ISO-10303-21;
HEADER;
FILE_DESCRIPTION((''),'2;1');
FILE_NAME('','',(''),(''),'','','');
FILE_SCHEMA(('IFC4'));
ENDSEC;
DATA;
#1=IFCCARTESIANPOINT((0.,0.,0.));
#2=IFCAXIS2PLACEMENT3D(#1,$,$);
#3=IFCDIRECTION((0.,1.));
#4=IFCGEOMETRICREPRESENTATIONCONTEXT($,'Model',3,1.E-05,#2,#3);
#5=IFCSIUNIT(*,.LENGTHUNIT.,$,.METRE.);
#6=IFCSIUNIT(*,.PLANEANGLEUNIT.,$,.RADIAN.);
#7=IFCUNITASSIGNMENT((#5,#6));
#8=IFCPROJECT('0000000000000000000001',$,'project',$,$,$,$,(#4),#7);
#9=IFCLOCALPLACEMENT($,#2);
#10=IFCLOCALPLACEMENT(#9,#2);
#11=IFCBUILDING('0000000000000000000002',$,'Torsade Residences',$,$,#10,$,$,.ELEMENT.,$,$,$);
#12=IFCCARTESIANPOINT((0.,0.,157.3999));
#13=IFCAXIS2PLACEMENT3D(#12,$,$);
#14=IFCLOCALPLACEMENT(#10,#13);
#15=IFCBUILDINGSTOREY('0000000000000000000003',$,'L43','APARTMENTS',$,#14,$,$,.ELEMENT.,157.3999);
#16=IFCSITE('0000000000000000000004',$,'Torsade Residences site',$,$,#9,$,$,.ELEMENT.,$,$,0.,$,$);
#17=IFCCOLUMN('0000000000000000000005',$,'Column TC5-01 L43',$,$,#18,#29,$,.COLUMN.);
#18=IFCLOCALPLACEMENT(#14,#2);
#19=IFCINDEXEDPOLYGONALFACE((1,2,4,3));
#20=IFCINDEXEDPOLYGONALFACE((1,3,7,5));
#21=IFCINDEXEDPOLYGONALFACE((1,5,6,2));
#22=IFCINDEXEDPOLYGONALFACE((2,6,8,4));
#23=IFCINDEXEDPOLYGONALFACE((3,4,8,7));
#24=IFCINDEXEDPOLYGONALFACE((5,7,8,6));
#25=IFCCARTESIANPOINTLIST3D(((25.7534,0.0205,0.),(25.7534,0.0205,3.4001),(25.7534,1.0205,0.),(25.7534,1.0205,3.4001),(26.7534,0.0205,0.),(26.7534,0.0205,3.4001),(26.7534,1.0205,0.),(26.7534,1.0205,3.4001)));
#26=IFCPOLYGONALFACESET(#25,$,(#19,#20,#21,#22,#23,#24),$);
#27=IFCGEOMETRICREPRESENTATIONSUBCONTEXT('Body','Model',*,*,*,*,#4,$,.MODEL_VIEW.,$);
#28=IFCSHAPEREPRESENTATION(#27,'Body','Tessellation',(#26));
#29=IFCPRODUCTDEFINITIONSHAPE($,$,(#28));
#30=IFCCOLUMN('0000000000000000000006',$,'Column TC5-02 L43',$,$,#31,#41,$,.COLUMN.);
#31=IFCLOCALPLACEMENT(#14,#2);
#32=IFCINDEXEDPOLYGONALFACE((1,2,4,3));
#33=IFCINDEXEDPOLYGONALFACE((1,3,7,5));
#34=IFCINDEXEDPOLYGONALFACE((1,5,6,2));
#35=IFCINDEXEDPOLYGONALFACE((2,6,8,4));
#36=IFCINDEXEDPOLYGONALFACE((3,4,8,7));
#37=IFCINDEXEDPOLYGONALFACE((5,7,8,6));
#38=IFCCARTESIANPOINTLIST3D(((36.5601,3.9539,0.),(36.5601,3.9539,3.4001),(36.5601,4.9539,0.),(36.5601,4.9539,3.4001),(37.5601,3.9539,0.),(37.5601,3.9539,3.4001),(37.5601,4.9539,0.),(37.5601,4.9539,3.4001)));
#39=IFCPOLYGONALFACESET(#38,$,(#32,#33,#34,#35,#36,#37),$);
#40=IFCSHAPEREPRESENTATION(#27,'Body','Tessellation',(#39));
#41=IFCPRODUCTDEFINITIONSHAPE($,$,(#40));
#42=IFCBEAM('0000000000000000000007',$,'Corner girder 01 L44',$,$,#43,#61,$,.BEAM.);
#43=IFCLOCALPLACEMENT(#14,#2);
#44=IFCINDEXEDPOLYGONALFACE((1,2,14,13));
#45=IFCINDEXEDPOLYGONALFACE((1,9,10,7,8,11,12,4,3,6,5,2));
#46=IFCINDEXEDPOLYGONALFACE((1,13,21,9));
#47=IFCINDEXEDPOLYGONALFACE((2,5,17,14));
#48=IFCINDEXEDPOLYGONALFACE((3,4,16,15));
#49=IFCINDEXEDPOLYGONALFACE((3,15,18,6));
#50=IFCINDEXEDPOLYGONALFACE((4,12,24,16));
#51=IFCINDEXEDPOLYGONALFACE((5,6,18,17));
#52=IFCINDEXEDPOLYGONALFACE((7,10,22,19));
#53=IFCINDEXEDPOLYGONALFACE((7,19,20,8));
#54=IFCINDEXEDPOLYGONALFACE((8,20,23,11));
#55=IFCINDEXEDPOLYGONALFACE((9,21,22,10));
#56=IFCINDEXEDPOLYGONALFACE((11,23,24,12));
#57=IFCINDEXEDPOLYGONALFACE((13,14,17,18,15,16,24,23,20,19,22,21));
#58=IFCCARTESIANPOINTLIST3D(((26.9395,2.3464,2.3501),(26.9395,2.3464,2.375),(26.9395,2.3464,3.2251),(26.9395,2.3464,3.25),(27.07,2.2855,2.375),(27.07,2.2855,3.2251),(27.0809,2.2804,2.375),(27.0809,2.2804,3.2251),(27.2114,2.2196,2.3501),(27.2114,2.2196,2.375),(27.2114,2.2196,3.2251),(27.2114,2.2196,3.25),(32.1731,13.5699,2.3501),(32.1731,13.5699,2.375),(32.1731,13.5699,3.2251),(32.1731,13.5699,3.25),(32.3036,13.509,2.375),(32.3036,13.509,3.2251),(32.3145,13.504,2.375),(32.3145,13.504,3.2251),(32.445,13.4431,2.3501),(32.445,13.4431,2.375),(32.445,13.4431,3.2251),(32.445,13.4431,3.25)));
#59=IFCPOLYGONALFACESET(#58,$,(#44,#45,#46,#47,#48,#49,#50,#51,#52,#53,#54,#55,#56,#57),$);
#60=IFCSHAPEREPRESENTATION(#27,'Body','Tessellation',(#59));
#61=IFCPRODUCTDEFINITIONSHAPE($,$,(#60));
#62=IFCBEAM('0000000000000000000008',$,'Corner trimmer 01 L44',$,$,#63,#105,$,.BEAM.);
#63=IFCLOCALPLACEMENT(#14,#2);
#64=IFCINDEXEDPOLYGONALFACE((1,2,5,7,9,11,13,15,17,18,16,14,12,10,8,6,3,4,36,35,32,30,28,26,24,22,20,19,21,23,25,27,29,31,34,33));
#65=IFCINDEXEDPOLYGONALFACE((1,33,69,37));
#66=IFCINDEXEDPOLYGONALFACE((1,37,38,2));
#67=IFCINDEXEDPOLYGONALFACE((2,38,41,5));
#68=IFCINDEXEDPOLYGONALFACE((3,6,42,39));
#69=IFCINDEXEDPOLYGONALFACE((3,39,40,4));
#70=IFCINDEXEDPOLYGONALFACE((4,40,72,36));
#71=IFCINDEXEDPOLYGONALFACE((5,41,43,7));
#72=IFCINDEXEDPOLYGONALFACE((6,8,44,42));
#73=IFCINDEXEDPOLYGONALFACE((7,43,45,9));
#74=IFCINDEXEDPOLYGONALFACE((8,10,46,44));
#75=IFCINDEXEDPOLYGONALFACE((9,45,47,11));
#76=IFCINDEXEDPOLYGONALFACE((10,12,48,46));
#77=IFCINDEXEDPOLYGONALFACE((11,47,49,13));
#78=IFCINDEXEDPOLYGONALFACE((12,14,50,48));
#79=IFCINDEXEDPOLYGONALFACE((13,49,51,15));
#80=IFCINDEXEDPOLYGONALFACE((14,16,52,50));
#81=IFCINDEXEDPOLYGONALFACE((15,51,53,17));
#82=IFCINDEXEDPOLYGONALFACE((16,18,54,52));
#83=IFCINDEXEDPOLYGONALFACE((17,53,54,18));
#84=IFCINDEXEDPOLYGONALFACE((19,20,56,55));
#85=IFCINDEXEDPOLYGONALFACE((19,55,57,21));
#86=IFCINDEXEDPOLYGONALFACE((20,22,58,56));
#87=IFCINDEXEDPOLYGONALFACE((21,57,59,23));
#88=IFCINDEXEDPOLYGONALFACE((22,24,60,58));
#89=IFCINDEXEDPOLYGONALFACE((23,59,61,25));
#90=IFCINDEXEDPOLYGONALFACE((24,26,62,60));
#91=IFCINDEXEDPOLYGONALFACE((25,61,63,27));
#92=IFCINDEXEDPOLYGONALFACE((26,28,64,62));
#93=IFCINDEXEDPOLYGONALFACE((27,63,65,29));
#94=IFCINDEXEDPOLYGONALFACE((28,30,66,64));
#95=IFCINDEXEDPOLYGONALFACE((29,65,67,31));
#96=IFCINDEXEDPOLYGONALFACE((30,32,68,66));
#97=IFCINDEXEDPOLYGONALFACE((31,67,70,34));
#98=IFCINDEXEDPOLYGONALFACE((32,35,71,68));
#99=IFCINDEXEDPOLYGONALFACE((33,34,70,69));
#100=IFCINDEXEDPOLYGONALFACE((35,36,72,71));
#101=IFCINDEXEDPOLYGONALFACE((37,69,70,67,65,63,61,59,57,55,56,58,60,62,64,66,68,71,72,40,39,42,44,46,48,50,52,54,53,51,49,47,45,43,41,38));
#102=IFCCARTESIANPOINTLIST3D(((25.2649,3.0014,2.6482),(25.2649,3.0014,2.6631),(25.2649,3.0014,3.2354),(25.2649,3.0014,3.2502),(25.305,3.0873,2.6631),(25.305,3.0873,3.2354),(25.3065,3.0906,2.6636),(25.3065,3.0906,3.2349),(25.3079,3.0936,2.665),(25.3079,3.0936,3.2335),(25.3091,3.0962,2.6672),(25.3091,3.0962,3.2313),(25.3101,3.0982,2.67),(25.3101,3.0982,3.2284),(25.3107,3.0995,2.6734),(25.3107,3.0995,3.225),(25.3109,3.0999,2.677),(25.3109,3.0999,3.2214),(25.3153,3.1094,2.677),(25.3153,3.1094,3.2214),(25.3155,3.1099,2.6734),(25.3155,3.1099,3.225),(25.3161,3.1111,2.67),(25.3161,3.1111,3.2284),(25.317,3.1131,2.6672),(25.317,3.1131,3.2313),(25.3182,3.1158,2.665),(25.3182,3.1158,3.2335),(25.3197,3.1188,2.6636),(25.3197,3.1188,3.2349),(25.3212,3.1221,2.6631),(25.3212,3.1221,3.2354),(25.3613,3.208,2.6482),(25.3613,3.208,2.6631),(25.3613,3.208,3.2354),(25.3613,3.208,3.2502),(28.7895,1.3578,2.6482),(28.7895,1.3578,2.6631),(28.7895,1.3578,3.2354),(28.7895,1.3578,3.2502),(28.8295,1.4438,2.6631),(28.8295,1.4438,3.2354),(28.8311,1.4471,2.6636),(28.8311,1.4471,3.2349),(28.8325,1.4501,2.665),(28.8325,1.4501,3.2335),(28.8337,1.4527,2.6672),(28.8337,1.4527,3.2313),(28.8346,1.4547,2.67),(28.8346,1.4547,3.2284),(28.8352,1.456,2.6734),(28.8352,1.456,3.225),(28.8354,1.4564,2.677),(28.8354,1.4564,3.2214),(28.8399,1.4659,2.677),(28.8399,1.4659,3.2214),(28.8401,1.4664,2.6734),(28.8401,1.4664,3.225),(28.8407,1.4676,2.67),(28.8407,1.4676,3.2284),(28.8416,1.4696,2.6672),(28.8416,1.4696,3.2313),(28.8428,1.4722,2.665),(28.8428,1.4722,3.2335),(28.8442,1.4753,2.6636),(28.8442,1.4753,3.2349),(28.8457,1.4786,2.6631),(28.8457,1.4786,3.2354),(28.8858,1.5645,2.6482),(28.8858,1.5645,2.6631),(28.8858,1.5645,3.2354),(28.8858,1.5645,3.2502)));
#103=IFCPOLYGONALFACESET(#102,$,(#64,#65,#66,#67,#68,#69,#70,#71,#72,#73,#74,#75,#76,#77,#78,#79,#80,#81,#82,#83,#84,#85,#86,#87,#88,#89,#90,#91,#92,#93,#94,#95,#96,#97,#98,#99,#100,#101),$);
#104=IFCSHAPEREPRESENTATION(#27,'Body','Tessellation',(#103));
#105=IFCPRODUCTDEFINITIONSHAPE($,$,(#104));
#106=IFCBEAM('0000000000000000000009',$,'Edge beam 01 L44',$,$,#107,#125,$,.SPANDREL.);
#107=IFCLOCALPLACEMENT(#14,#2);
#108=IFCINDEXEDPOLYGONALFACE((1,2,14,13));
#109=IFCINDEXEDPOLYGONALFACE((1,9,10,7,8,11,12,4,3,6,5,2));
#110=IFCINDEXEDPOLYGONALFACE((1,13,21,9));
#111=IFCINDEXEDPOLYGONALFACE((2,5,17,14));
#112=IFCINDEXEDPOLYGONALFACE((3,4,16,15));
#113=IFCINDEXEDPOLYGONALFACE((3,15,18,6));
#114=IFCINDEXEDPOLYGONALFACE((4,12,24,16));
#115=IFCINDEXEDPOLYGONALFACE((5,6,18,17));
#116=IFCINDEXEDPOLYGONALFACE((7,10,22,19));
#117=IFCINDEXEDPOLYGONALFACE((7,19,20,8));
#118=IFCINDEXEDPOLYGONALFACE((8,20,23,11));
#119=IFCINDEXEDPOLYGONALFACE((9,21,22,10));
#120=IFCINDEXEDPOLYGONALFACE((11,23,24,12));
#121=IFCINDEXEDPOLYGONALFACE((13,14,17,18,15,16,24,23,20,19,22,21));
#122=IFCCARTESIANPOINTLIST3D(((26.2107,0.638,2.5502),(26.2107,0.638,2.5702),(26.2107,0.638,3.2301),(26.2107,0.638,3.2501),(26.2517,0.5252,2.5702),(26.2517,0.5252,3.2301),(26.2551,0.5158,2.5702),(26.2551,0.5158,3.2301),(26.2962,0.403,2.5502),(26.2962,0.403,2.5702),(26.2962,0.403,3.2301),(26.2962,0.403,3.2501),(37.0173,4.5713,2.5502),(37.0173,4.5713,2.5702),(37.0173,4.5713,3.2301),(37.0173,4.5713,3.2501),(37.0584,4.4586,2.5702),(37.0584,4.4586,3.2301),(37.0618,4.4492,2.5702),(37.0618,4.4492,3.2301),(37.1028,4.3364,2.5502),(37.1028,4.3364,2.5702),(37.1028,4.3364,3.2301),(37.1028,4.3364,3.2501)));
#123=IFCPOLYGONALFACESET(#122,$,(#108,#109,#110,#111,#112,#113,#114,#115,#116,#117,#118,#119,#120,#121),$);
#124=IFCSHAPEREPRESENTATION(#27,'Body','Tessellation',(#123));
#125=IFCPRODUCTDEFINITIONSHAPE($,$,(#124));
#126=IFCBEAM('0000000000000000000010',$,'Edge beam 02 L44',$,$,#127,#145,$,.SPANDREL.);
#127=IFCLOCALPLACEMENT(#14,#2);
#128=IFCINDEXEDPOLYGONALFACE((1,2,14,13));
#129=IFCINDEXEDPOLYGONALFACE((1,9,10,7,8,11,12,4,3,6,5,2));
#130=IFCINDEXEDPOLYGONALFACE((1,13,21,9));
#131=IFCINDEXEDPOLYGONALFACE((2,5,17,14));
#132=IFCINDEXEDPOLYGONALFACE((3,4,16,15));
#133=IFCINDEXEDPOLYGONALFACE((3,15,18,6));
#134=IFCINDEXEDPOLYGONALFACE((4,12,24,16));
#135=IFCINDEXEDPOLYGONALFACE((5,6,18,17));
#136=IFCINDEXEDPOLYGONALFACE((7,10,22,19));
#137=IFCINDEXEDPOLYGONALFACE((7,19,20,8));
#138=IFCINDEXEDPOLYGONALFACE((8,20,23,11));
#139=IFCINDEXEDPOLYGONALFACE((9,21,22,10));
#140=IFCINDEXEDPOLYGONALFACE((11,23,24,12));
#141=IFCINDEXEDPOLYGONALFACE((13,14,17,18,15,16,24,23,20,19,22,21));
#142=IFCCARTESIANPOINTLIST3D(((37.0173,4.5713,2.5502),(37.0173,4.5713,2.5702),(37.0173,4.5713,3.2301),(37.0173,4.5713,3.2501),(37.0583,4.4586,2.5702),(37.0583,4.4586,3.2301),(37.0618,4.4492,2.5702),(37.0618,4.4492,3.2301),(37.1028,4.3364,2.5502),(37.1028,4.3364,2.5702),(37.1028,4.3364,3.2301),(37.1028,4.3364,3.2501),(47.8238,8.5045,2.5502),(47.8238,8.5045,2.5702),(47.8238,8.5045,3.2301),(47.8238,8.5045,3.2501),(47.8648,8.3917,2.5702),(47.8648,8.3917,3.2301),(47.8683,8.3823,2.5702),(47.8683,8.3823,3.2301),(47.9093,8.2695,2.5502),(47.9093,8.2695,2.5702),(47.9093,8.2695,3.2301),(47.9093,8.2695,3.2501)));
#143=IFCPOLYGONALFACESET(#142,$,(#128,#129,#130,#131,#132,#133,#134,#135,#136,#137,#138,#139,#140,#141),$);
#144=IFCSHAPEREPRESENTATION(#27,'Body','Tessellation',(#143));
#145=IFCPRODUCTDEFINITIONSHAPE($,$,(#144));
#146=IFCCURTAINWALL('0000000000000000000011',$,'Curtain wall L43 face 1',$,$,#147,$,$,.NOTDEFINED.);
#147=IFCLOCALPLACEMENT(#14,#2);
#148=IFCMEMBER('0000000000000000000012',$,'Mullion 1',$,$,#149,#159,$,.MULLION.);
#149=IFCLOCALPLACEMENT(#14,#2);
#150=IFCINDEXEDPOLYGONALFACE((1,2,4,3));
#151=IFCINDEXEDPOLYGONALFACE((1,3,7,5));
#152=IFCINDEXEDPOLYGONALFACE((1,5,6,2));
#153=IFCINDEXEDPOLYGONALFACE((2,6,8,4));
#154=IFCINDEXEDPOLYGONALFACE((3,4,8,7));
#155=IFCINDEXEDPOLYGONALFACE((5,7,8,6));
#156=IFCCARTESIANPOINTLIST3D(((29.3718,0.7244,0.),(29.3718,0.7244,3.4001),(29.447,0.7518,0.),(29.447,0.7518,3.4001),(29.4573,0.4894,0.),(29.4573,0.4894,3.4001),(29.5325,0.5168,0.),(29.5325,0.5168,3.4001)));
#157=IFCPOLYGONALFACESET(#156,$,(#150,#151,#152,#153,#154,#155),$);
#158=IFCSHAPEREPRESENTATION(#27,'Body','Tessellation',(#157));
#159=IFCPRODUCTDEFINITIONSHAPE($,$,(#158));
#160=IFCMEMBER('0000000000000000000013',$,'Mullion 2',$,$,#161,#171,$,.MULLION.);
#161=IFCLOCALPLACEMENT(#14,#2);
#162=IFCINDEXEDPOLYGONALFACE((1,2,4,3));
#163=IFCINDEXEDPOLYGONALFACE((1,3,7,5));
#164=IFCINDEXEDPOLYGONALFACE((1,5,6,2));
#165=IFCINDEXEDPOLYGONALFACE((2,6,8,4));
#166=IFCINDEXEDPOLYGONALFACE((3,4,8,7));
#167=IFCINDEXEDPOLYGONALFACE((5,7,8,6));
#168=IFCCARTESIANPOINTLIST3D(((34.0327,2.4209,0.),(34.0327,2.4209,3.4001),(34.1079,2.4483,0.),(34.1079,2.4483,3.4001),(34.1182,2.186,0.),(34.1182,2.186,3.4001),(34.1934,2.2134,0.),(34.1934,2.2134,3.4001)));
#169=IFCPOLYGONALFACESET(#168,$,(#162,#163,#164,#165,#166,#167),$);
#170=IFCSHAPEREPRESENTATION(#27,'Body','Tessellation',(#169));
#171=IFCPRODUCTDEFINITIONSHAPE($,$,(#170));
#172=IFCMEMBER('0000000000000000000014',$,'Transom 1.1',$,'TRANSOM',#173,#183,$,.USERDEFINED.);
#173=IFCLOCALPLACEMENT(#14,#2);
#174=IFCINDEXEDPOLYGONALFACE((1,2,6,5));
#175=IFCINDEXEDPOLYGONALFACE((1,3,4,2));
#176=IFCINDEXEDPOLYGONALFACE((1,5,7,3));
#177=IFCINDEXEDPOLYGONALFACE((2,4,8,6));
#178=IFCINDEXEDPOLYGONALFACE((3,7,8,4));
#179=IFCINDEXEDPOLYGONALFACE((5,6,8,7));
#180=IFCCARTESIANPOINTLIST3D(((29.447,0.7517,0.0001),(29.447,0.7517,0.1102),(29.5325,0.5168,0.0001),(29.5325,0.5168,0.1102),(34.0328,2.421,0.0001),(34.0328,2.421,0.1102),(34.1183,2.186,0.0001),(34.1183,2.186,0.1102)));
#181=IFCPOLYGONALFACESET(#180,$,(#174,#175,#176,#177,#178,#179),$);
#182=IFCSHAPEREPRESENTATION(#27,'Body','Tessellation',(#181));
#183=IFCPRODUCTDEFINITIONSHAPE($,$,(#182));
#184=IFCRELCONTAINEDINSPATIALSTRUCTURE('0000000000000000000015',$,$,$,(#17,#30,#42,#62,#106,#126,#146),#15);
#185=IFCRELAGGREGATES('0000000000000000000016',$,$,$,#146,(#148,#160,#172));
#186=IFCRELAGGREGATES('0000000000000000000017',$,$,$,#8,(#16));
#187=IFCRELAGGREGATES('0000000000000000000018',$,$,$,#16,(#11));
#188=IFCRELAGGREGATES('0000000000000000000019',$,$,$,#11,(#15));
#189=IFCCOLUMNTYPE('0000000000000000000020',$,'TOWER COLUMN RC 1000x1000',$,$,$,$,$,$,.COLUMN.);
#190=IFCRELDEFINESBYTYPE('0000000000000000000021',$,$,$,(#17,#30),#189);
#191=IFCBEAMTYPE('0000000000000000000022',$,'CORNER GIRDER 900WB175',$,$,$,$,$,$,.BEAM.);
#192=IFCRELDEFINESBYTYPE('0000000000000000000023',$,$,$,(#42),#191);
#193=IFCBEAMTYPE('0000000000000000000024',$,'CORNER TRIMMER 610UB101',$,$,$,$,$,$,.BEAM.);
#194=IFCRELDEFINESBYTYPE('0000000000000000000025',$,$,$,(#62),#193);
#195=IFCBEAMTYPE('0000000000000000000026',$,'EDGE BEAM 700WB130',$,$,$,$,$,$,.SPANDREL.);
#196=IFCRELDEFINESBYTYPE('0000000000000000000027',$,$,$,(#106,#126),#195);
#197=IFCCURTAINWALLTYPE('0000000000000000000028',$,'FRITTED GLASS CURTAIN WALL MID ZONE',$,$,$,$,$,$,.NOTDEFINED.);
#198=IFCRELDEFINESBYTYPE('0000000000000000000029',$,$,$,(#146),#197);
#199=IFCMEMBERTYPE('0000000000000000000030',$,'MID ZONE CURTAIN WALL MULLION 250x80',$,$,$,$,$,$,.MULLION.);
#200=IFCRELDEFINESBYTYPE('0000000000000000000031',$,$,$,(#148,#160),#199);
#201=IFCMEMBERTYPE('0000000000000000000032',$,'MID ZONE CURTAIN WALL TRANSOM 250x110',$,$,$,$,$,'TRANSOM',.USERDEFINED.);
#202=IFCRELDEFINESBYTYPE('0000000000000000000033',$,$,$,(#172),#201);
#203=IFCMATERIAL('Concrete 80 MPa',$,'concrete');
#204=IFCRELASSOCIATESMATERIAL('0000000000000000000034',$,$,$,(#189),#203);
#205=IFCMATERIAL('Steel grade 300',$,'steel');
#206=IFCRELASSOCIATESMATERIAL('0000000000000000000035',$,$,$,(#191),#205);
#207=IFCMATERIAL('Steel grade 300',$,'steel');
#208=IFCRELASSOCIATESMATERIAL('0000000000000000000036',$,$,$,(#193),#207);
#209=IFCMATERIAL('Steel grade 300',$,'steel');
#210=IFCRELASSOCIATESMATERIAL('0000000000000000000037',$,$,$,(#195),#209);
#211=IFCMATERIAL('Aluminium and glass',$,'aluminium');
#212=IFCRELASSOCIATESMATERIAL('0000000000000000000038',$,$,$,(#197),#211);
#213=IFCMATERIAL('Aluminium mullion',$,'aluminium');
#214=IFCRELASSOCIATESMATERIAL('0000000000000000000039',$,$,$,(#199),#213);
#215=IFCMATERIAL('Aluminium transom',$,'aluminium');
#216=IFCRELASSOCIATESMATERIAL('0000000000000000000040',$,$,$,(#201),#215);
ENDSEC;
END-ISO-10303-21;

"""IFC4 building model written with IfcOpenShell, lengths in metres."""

from ifc_helpers import new_model, si_unit, direction, frame, origin, origin_2d, place, context, subcontext, project, spatial, rectangle, i_section, extrude, material, material_profile, profile_set, type_object, element, aggregate, save


model = new_model("IFC4")

# Units and contexts
model_context = context("Model", 3, precision=1e-05, world=origin(), true_north=direction((0.0, 1.0)))
body_context = subcontext(model_context, "Body", "Model", "MODEL_VIEW")
ifc_project = project(units=[si_unit("LENGTHUNIT", "METRE"), si_unit("PLANEANGLEUNIT", "RADIAN")], contexts=[model_context])

# Site, building, storey
site_placement = place(None, origin())
site = spatial("IfcSite", under=ifc_project, at=site_placement, Name="Torsade Residences site", CompositionType="ELEMENT", RefElevation=0.0)
building_placement = place(site_placement, origin())
building = spatial("IfcBuilding", under=site, at=building_placement, Name="Torsade Residences", CompositionType="ELEMENT")
storey_placement = place(building_placement, frame((0.0, 0.0, 157.3999)))
storey = spatial("IfcBuildingStorey", under=building, at=storey_placement, Name="L43", Description="APARTMENTS", CompositionType="ELEMENT", Elevation=157.3999)

# Columns
ifc_material_1 = material(Name="Concrete 80 MPa", Category="concrete")
ifc_material_profile_1 = material_profile(ifc_material_1, rectangle(XDim=1.0, YDim=1.0, at=origin_2d()), Name="RC 1000x1000")
ifc_profile_set_1 = profile_set([ifc_material_profile_1], Name="Concrete 80 MPa")
column_type = type_object("IfcColumnType", Name="TOWER COLUMN RC 1000x1000", PredefinedType="COLUMN", material=ifc_profile_set_1)
for number, where, z_axis, x_axis, name in (
    (1, (26.2534, 0.5205, 0.0), (0.0, 0.0, 1.0), (1.0, 0.0, 0.0), "Column TC5-01 L43"),
    (2, (37.0601, 4.4539, 0.0), (0.0, 0.0, 1.0), (1.0, 0.0, 0.0), "Column TC5-02 L43"),
):
    element("IfcColumn", number, at=place(storey_placement, frame(where, z_axis=z_axis, x_axis=x_axis)), inside=storey, type_object=column_type, Name=name, PredefinedType="COLUMN", context=body_context, shape_type="SweptSolid", body=[
        extrude(rectangle(XDim=1.0, YDim=1.0, at=origin_2d()), origin(), (0.0, 0.0, 1.0), 3.4001),
    ])

# Beams
ifc_material_2 = material(Name="Steel grade 300", Category="steel")
ifc_material_profile_2 = material_profile(ifc_material_2, i_section(OverallWidth=0.3, OverallDepth=0.8999, WebThickness=0.012, FlangeThickness=0.0249, at=origin_2d()), Name="900WB175")
ifc_profile_set_2 = profile_set([ifc_material_profile_2], Name="Steel grade 300")
beam_type_1 = type_object("IfcBeamType", Name="CORNER GIRDER 900WB175", PredefinedType="BEAM", material=ifc_profile_set_2)
beam_1_placement = place(storey_placement, frame((27.0754, 2.283, 2.8), z_axis=(0.422617, 0.906309, 0.0), x_axis=(-0.906309, 0.422617, 0.0)))
element("IfcBeam", 3, at=beam_1_placement, inside=storey, type_object=beam_type_1, Name="Corner girder 01 L44", PredefinedType="BEAM", context=body_context, shape_type="SweptSolid", body=[
    extrude(i_section(OverallWidth=0.3, OverallDepth=0.8999, WebThickness=0.012, FlangeThickness=0.0249, at=origin_2d()), origin(), (0.0, 0.0, 1.0), 12.3838),
])
ifc_material_3 = material(Name="Steel grade 300", Category="steel")
ifc_material_profile_3 = material_profile(ifc_material_3, i_section(OverallWidth=0.228, OverallDepth=0.6021, WebThickness=0.0105, FlangeThickness=0.0149, FilletRadius=0.0139, at=origin_2d()), Name="610UB101")
ifc_profile_set_3 = profile_set([ifc_material_profile_3], Name="Steel grade 300")
beam_type_2 = type_object("IfcBeamType", Name="CORNER TRIMMER 610UB101", PredefinedType="BEAM", material=ifc_profile_set_3)
beam_2_placement = place(storey_placement, frame((28.8376, 1.4612, 2.9492), z_axis=(-0.90631, 0.422614, 0.0), x_axis=(-0.422614, -0.90631, 0.0)))
element("IfcBeam", 4, at=beam_2_placement, inside=storey, type_object=beam_type_2, Name="Corner trimmer 01 L44", PredefinedType="BEAM", context=body_context, shape_type="SweptSolid", body=[
    extrude(i_section(OverallWidth=0.228, OverallDepth=0.6021, WebThickness=0.0105, FlangeThickness=0.0149, FilletRadius=0.0139, at=origin_2d()), origin(), (0.0, 0.0, 1.0), 3.8889),
])
ifc_material_4 = material(Name="Steel grade 300", Category="steel")
ifc_material_profile_4 = material_profile(ifc_material_4, i_section(OverallWidth=0.25, OverallDepth=0.7, WebThickness=0.01, FlangeThickness=0.02, at=origin_2d()), Name="700WB130")
ifc_profile_set_4 = profile_set([ifc_material_profile_4], Name="Steel grade 300")
beam_type_3 = type_object("IfcBeamType", Name="EDGE BEAM 700WB130", PredefinedType="SPANDREL", material=ifc_profile_set_4)
beam_3_placement = place(storey_placement, frame((26.2534, 0.5205, 2.9001), z_axis=(0.939691, 0.342024, 0.0), x_axis=(-0.342024, 0.939691, 0.0)))
element("IfcBeam", 5, at=beam_3_placement, inside=storey, type_object=beam_type_3, Name="Edge beam 01 L44", PredefinedType="SPANDREL", context=body_context, shape_type="SweptSolid", body=[
    extrude(i_section(OverallWidth=0.25, OverallDepth=0.7, WebThickness=0.01, FlangeThickness=0.02, at=origin_2d()), origin(), (0.0, 0.0, 1.0), 11.5002),
])
beam_4_placement = place(storey_placement, frame((37.0601, 4.4539, 2.9001), z_axis=(0.939695, 0.342012, 0.0), x_axis=(-0.342012, 0.939695, 0.0)))
element("IfcBeam", 6, at=beam_4_placement, inside=storey, type_object=beam_type_3, Name="Edge beam 02 L44", PredefinedType="SPANDREL", context=body_context, shape_type="SweptSolid", body=[
    extrude(i_section(OverallWidth=0.25, OverallDepth=0.7, WebThickness=0.01, FlangeThickness=0.02, at=origin_2d()), origin(), (0.0, 0.0, 1.0), 11.5),
])

# Curtain wall, members
ifc_material_5 = material(Name="Aluminium and glass", Category="aluminium")
curtain_wall_type = type_object("IfcCurtainWallType", Name="FRITTED GLASS CURTAIN WALL MID ZONE", PredefinedType="NOTDEFINED", material=ifc_material_5)
curtain_wall_placement = place(storey_placement, origin())
curtain_wall = element("IfcCurtainWall", 7, at=curtain_wall_placement, inside=storey, type_object=curtain_wall_type, Name="Curtain wall L43 face 1", PredefinedType="NOTDEFINED")
ifc_material_6 = material(Name="Aluminium mullion", Category="aluminium")
ifc_material_profile_5 = material_profile(ifc_material_6, rectangle(XDim=0.25, YDim=0.0801, at=origin_2d()), Name="MID ZONE CURTAIN WALL MULLION 250x80")
ifc_profile_set_5 = profile_set([ifc_material_profile_5], Name="Aluminium mullion")
member_type_1 = type_object("IfcMemberType", Name="MID ZONE CURTAIN WALL MULLION 250x80", PredefinedType="MULLION", material=ifc_profile_set_5)
member_1_placement = place(storey_placement, frame((29.4521, 0.6206, 0.0), z_axis=(0.0, 0.0, 1.0), x_axis=(-0.34202, 0.939693, 0.0)))
member_1 = element("IfcMember", 8, at=member_1_placement, type_object=member_type_1, Name="Mullion 1", PredefinedType="MULLION", context=body_context, shape_type="SweptSolid", body=[
    extrude(rectangle(XDim=0.25, YDim=0.0801, at=origin_2d()), origin(), (0.0, 0.0, 1.0), 3.4001),
])
member_2_placement = place(storey_placement, frame((34.113, 2.3171, 0.0), z_axis=(0.0, 0.0, 1.0), x_axis=(-0.34202, 0.939693, 0.0)))
member_2 = element("IfcMember", 9, at=member_2_placement, type_object=member_type_1, Name="Mullion 2", PredefinedType="MULLION", context=body_context, shape_type="SweptSolid", body=[
    extrude(rectangle(XDim=0.25, YDim=0.0801, at=origin_2d()), origin(), (0.0, 0.0, 1.0), 3.4001),
])
ifc_material_7 = material(Name="Aluminium transom", Category="aluminium")
ifc_material_profile_6 = material_profile(ifc_material_7, rectangle(XDim=0.25, YDim=0.1101, at=origin_2d()), Name="MID ZONE CURTAIN WALL TRANSOM 250x110")
ifc_profile_set_6 = profile_set([ifc_material_profile_6], Name="Aluminium transom")
member_type_2 = type_object("IfcMemberType", Name="MID ZONE CURTAIN WALL TRANSOM 250x110", ElementType="TRANSOM", PredefinedType="USERDEFINED", material=ifc_profile_set_6)
member_3_placement = place(storey_placement, frame((29.4897, 0.6343, 0.0552), z_axis=(0.939684, 0.342044, 0.0), x_axis=(-0.342044, 0.939684, 0.0)))
member_3 = element("IfcMember", 10, at=member_3_placement, type_object=member_type_2, Name="Transom 1.1", ObjectType="TRANSOM", PredefinedType="USERDEFINED", context=body_context, shape_type="SweptSolid", body=[
    extrude(rectangle(XDim=0.25, YDim=0.1101, at=origin_2d()), origin(), (0.0, 0.0, 1.0), 4.8801),
])

aggregate(curtain_wall, [member_1, member_2, member_3])

save(model, "model.ifc")
